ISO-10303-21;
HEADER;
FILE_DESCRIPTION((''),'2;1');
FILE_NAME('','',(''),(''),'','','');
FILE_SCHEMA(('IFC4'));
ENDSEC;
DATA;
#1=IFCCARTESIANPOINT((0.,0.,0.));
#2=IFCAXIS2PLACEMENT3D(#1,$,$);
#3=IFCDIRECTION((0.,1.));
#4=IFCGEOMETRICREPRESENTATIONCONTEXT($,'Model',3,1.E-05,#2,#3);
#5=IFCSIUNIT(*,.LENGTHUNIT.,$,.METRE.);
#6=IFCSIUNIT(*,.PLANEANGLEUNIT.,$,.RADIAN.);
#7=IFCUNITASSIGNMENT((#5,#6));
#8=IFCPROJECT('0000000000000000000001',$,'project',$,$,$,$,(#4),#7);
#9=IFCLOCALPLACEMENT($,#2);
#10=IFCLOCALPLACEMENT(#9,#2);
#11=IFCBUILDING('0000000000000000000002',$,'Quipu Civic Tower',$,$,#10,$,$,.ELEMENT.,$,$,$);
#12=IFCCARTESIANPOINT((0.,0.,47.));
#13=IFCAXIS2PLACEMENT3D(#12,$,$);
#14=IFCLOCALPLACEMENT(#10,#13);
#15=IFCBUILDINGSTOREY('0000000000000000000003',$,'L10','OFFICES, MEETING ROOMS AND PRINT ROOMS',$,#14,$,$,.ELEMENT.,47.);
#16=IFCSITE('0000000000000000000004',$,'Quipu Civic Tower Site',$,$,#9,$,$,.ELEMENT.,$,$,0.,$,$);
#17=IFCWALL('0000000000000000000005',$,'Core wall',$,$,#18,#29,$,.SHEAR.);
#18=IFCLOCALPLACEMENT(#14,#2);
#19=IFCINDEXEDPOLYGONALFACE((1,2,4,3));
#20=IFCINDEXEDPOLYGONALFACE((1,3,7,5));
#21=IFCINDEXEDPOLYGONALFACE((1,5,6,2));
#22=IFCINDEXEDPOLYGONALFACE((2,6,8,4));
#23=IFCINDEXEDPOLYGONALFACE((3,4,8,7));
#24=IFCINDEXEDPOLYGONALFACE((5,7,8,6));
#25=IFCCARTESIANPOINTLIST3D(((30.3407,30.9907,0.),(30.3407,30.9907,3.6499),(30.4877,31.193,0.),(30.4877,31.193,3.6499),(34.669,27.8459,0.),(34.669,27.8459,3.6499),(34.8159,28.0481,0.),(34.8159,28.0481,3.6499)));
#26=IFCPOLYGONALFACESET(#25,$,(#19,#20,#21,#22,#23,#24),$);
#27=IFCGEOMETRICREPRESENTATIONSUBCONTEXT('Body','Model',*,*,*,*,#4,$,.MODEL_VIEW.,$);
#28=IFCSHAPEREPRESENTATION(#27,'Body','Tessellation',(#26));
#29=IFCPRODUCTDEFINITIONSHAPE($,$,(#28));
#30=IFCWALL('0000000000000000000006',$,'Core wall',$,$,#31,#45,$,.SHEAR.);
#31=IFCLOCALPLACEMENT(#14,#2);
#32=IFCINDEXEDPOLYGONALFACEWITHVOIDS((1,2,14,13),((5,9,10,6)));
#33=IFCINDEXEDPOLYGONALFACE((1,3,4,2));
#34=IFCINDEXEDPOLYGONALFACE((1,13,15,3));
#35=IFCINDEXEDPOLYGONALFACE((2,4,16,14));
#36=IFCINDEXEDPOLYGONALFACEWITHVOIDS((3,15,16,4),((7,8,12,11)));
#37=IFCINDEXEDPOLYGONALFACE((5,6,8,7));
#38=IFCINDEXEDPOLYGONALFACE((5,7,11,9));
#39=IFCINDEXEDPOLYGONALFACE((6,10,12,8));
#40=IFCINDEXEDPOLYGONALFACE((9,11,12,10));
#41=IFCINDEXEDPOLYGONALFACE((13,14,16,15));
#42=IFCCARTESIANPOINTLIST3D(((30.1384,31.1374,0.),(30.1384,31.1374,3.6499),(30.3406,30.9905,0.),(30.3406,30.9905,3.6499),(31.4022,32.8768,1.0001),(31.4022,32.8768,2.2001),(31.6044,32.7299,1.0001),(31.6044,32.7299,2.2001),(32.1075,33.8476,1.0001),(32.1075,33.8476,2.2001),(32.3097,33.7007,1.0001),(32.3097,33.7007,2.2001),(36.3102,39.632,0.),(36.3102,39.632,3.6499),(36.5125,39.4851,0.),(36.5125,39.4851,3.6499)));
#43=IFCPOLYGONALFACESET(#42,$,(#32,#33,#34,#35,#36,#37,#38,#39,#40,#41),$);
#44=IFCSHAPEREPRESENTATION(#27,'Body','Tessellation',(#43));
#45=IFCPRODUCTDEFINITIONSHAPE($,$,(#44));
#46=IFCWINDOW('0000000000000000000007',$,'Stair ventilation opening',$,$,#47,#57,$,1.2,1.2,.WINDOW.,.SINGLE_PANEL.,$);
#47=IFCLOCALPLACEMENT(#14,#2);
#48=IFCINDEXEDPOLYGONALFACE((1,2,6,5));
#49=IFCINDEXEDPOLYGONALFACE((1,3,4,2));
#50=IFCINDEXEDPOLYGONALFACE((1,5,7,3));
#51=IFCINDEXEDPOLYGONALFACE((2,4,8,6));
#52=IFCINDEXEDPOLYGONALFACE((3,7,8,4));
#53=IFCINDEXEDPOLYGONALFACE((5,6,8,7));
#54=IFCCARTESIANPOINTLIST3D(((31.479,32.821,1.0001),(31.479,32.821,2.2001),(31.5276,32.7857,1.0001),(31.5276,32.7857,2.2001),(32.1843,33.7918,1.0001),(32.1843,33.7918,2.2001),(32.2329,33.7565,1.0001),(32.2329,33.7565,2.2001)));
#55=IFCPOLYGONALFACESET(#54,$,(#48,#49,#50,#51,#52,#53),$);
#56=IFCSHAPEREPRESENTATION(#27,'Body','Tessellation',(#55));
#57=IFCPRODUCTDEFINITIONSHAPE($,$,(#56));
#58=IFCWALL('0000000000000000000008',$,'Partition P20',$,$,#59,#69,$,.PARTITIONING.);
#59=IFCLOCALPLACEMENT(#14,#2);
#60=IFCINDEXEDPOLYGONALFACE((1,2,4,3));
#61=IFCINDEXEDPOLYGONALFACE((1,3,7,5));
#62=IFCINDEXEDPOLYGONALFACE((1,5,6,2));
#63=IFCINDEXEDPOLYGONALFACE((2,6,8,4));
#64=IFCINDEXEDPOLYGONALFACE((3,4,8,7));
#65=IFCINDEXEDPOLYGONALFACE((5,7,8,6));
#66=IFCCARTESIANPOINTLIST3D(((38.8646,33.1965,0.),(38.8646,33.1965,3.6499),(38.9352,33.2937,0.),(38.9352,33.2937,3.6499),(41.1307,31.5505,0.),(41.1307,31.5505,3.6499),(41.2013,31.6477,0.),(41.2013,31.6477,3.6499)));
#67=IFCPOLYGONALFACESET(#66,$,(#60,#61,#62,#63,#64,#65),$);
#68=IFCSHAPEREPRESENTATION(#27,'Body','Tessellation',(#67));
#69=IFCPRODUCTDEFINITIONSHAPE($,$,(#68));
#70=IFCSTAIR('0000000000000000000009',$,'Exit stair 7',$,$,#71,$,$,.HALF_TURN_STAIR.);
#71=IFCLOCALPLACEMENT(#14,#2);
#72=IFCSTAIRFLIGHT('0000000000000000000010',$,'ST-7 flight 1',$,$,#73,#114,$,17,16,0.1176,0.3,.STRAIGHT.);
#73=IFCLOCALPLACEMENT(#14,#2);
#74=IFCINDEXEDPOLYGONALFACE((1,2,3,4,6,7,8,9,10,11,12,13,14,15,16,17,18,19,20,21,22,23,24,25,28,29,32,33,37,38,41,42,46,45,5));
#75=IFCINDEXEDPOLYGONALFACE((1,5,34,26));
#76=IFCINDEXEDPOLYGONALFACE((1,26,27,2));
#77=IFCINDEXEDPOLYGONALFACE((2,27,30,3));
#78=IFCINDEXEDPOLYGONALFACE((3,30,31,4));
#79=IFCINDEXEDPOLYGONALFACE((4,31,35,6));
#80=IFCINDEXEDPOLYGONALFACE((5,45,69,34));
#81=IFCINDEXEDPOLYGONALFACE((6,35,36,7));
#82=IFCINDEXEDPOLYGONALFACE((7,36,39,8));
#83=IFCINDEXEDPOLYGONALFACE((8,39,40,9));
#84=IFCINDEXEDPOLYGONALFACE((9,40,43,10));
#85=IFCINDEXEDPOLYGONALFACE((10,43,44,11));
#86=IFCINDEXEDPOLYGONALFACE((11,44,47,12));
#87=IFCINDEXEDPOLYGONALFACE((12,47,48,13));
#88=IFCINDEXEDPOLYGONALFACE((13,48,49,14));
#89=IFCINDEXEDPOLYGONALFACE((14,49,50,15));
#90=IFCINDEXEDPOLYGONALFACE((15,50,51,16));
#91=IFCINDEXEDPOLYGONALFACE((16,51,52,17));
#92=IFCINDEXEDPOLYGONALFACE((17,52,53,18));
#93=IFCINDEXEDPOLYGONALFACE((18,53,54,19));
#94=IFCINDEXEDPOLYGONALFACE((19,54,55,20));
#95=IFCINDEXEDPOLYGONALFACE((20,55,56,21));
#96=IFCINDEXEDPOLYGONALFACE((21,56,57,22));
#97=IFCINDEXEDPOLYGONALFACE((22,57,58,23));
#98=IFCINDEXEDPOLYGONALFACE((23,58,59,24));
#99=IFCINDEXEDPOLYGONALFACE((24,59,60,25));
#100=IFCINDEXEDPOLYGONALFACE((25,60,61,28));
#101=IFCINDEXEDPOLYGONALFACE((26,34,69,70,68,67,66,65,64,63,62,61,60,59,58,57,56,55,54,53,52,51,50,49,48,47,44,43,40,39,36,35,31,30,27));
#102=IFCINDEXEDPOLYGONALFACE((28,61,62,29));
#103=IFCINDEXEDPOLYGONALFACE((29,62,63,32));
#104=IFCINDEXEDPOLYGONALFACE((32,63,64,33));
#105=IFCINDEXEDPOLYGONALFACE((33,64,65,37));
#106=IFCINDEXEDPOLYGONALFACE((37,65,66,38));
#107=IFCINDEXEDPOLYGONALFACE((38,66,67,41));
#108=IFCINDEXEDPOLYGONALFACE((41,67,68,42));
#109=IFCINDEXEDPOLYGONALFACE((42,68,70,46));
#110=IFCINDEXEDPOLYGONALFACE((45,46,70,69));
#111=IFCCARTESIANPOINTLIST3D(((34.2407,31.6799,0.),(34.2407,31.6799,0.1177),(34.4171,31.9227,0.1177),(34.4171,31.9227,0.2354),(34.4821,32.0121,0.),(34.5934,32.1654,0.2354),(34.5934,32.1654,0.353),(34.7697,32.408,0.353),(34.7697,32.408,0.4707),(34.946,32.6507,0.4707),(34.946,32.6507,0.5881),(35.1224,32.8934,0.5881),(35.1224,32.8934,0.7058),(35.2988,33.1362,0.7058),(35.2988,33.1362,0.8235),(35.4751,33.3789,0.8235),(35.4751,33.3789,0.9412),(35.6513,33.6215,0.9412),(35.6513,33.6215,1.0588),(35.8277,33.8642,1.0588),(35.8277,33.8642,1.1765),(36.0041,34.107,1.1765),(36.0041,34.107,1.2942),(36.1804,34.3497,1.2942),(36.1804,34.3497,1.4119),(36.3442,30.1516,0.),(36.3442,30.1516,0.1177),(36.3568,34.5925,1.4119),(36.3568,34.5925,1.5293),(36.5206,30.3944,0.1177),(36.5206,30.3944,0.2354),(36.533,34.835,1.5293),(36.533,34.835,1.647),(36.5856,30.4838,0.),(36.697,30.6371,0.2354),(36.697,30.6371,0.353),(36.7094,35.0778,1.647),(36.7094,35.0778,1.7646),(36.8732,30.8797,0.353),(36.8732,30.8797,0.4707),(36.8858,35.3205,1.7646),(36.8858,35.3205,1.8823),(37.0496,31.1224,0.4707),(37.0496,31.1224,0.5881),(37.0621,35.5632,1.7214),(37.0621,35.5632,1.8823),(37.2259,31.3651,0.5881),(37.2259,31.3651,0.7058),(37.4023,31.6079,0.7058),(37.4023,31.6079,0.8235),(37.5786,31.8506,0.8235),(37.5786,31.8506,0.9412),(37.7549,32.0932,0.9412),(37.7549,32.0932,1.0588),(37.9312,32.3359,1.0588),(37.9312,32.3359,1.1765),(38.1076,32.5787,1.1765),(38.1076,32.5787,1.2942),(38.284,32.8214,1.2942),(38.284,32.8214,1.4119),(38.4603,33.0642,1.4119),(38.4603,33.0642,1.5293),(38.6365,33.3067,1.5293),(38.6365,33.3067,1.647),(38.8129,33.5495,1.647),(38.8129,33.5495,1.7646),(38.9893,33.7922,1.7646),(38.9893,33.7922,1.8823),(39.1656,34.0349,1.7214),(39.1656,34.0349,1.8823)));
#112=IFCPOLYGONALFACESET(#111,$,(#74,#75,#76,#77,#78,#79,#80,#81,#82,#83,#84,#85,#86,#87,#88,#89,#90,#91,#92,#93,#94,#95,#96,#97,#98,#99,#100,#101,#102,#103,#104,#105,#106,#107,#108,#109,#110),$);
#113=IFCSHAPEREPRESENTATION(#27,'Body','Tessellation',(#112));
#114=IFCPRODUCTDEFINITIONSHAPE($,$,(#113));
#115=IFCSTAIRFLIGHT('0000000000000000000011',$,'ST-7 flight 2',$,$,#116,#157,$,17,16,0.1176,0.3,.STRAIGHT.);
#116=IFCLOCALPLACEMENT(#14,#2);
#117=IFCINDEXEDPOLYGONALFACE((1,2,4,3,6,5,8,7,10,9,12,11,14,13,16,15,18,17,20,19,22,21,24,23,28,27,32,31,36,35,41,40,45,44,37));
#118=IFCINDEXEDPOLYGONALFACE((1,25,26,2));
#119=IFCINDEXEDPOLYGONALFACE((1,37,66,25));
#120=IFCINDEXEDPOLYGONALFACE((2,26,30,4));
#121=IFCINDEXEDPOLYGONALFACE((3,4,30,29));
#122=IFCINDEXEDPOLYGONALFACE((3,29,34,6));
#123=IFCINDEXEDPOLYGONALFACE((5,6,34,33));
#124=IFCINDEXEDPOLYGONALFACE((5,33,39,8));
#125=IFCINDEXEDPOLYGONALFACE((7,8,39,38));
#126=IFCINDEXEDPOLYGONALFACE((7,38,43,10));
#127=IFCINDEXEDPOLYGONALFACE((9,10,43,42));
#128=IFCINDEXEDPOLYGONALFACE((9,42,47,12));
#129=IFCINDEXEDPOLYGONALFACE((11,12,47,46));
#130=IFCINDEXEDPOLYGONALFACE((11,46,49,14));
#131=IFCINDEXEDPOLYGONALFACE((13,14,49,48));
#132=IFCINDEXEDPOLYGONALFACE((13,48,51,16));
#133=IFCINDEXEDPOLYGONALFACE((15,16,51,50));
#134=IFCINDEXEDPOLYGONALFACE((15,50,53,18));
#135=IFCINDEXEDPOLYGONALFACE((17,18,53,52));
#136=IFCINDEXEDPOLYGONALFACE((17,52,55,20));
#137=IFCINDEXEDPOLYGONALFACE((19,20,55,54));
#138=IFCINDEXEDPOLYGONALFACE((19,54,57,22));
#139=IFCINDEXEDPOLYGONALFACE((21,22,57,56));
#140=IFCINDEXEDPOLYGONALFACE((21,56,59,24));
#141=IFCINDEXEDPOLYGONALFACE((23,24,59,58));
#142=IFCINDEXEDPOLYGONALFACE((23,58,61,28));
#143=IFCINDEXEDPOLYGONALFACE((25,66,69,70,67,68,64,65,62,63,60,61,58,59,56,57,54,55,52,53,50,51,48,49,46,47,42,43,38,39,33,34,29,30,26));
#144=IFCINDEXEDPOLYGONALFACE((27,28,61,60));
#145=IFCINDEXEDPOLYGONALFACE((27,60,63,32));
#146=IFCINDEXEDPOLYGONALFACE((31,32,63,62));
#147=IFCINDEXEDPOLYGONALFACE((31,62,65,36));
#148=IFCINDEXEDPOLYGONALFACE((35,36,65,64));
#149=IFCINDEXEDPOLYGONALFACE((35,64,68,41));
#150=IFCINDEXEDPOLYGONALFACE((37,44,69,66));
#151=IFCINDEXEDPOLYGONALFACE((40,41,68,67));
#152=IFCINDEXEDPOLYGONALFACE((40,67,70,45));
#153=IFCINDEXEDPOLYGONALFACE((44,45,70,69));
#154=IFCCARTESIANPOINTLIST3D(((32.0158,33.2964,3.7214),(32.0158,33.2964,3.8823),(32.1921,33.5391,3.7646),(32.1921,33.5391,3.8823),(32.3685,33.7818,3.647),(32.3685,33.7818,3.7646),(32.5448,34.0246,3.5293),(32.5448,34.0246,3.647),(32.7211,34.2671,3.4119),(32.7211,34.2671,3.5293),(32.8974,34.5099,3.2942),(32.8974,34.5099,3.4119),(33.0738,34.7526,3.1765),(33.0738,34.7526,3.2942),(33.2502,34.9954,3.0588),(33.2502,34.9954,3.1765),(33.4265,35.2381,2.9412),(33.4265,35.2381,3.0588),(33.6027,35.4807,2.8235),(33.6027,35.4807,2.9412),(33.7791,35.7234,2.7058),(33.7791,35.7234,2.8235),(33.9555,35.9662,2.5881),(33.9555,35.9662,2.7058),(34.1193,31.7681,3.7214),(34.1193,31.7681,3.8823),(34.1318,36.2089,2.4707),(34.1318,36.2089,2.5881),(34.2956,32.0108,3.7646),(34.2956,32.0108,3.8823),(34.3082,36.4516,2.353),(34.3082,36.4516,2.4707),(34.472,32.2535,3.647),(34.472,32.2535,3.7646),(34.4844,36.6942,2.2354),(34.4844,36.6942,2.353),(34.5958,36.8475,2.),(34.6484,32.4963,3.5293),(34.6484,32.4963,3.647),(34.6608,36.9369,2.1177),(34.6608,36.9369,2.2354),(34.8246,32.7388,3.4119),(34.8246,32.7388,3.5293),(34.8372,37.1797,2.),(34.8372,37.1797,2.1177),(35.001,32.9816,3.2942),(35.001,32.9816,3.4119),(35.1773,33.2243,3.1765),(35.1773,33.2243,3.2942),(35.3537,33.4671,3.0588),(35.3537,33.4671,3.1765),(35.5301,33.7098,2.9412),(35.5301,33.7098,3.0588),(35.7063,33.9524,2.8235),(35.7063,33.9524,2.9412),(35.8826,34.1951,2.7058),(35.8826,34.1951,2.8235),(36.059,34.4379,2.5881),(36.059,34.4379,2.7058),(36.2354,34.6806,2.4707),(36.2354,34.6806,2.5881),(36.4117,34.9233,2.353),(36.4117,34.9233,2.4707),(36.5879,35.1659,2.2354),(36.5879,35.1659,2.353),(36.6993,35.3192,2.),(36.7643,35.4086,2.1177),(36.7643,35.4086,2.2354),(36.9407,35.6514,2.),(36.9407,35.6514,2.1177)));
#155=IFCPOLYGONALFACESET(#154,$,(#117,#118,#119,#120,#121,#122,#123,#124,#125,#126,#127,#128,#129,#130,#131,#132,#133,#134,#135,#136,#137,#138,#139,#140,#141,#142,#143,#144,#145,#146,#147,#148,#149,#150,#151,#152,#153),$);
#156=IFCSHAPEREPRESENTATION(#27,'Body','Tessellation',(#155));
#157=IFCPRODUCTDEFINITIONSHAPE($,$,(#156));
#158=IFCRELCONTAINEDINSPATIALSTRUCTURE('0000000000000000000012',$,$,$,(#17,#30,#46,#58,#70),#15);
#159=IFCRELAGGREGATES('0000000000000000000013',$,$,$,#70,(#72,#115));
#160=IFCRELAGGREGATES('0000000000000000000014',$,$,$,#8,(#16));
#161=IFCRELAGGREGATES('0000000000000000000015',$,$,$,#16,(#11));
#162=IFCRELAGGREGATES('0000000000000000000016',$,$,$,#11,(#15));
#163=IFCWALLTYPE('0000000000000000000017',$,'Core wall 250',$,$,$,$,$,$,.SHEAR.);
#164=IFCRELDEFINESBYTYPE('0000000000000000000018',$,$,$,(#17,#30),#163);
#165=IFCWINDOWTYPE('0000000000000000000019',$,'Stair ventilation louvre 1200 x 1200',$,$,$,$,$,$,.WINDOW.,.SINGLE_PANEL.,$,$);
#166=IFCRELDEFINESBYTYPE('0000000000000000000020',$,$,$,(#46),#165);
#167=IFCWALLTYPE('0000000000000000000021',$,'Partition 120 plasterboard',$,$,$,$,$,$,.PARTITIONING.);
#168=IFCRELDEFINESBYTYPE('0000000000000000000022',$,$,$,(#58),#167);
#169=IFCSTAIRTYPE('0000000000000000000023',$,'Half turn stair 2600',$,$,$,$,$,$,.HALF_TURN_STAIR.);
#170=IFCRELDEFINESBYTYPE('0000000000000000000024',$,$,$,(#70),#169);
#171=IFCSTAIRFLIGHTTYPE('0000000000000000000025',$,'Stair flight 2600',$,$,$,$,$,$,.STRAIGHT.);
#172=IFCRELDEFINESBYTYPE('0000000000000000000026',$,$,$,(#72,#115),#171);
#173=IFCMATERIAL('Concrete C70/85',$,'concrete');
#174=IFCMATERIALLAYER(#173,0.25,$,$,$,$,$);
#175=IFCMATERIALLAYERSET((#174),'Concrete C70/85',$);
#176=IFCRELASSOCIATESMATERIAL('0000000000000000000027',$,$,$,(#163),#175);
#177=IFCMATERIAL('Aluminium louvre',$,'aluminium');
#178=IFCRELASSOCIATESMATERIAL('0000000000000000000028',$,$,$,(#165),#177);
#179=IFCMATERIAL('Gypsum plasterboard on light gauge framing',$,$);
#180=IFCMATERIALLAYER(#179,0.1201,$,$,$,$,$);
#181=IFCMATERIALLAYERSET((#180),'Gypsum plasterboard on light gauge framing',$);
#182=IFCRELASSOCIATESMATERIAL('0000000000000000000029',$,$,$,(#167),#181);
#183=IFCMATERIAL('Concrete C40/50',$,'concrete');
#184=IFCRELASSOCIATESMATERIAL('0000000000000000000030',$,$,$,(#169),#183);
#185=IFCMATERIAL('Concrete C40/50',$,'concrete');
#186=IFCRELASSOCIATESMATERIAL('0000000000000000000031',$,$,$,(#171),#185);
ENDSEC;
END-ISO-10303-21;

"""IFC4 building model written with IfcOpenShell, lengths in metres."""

from ifc_helpers import new_model, si_unit, direction, frame, frame_2d, origin, place, context, subcontext, project, spatial, polyline, rectangle, outline, extrude, material, layer, layer_set, type_object, element, fill, aggregate, save


model = new_model("IFC4")

# Units and contexts
model_context = context("Model", 3, precision=1e-05, world=origin(), true_north=direction((0.0, 1.0)))
body_context = subcontext(model_context, "Body", "Model", "MODEL_VIEW")
ifc_project = project(units=[si_unit("LENGTHUNIT", "METRE"), si_unit("PLANEANGLEUNIT", "RADIAN")], contexts=[model_context])

# Site, building, storey
site_placement = place(None, origin())
site = spatial("IfcSite", under=ifc_project, at=site_placement, Name="Quipu Civic Tower Site", CompositionType="ELEMENT", RefElevation=0.0)
building_placement = place(site_placement, origin())
building = spatial("IfcBuilding", under=site, at=building_placement, Name="Quipu Civic Tower", CompositionType="ELEMENT")
storey_placement = place(building_placement, frame((0.0, 0.0, 47.0)))
storey = spatial("IfcBuildingStorey", under=building, at=storey_placement, Name="L10", Description="OFFICES, MEETING ROOMS AND PRINT ROOMS", CompositionType="ELEMENT", Elevation=47.0)

# Shared definitions
ifc_material_1 = material(Name="Concrete C70/85", Category="concrete")
ifc_layer_1 = layer(ifc_material_1, 0.25)
ifc_layer_set_1 = layer_set([ifc_layer_1], Name="Concrete C70/85")
wall_type_1 = type_object("IfcWallType", Name="Core wall 250", PredefinedType="SHEAR", material=ifc_layer_set_1)

# Wall
wall_1_placement = place(storey_placement, frame((34.7424, 27.947, 0.0), z_axis=(0.0, 0.0, 1.0), x_axis=(-0.808998, 0.587811, 0.0)))
element("IfcWall", 1, at=wall_1_placement, inside=storey, type_object=wall_type_1, Name="Core wall", PredefinedType="SHEAR", context=body_context, shape_type="SweptSolid", body=[
    extrude(rectangle(XDim=5.3501, YDim=0.25, at=frame_2d((2.675, 0.0))), origin(), (0.0, 0.0, 1.0), 3.6499),
])

# Wall, opening, window
wall_2_placement = place(storey_placement, frame((30.2395, 31.064, 0.0), z_axis=(0.0, 0.0, 1.0), x_axis=(0.587796, 0.809009, 0.0)))
wall_2 = element("IfcWall", 2, at=wall_2_placement, inside=storey, type_object=wall_type_1, Name="Core wall", PredefinedType="SHEAR", context=body_context, shape_type="SweptSolid", body=[
    extrude(rectangle(XDim=10.5, YDim=0.25, at=frame_2d((5.25, 0.0))), origin(), (0.0, 0.0, 1.0), 3.6499),
])
opening_1_placement = place(wall_2_placement, frame((2.1499, 0.0, 1.0)))
opening_1 = element("IfcOpeningElement", 3, at=opening_1_placement, cuts=wall_2, PredefinedType="OPENING", context=body_context, shape_type="SweptSolid", body=[
    extrude(rectangle(XDim=1.2, YDim=1.2, at=frame_2d((0.6001, 0.6001))), frame((0.0, 0.135, 0.0), z_axis=(0.0, -1.0, 0.0), x_axis=(1.0, 0.0, 0.0)), (0.0, 0.0, 1.0), 0.27),
])
ifc_material_2 = material(Name="Aluminium louvre", Category="aluminium")
window_type = type_object("IfcWindowType", Name="Stair ventilation louvre 1200 x 1200", PartitioningType="SINGLE_PANEL", PredefinedType="WINDOW", material=ifc_material_2)
window_placement = place(opening_1_placement, origin())
window = element("IfcWindow", 4, at=window_placement, inside=storey, type_object=window_type, Name="Stair ventilation opening", OverallHeight=1.2, OverallWidth=1.2, PartitioningType="SINGLE_PANEL", PredefinedType="WINDOW", context=body_context, shape_type="SweptSolid", body=[
    extrude(rectangle(XDim=1.2, YDim=1.2, at=frame_2d((0.6001, 0.6001))), frame((0.0, 0.03, 0.0), z_axis=(0.0, -1.0, 0.0), x_axis=(1.0, 0.0, 0.0)), (0.0, 0.0, 1.0), 0.0601),
])
fill(opening_1, window)

# Wall
ifc_material_3 = material(Name="Gypsum plasterboard on light gauge framing")
ifc_layer_2 = layer(ifc_material_3, 0.1201)
ifc_layer_set_2 = layer_set([ifc_layer_2], Name="Gypsum plasterboard on light gauge framing")
wall_type_2 = type_object("IfcWallType", Name="Partition 120 plasterboard", PredefinedType="PARTITIONING", material=ifc_layer_set_2)
wall_3_placement = place(storey_placement, frame((38.8999, 33.2451, 0.0), z_axis=(0.0, 0.0, 1.0), x_axis=(0.80909, -0.587684, 0.0)))
element("IfcWall", 5, at=wall_3_placement, inside=storey, type_object=wall_type_2, Name="Partition P20", PredefinedType="PARTITIONING", context=body_context, shape_type="SweptSolid", body=[
    extrude(rectangle(XDim=2.8008, YDim=0.1201, at=frame_2d((1.4004, 0.0))), origin(), (0.0, 0.0, 1.0), 3.6499),
])

# Stair, stair flights
ifc_material_4 = material(Name="Concrete C40/50", Category="concrete")
stair_type = type_object("IfcStairType", Name="Half turn stair 2600", PredefinedType="HALF_TURN_STAIR", material=ifc_material_4)
stair_placement = place(storey_placement, origin())
stair = element("IfcStair", 6, at=stair_placement, inside=storey, type_object=stair_type, Name="Exit stair 7", PredefinedType="HALF_TURN_STAIR")
ifc_material_5 = material(Name="Concrete C40/50", Category="concrete")
stair_flight_type = type_object("IfcStairFlightType", Name="Stair flight 2600", PredefinedType="STRAIGHT", material=ifc_material_5)
stair_flight_1_placement = place(storey_placement, frame((35.2925, 30.9158, 0.0), z_axis=(0.0, 0.0, 1.0), x_axis=(0.587785, 0.809017, 0.0)))
stair_flight_1 = element("IfcStairFlight", 7, at=stair_flight_1_placement, type_object=stair_flight_type, Name="ST-7 flight 1", NumberOfRisers=17, NumberOfTreads=16, PredefinedType="STRAIGHT", RiserHeight=0.1176, TreadLength=0.3, context=body_context, shape_type="SweptSolid", body=[
    extrude(outline(polyline([(0.0, 0.0), (0.0, 0.1177), (0.3, 0.1177), (0.3, 0.2354), (0.6001, 0.2354), (0.6001, 0.353), (0.8999, 0.353), (0.8999, 0.4707), (1.2, 0.4707), (1.2, 0.5881), (1.5, 0.5881), (1.5, 0.7058), (1.8, 0.7058), (1.8, 0.8235), (2.1001, 0.8235), (2.1001, 0.9412), (2.3999, 0.9412), (2.3999, 1.0588), (2.7, 1.0588), (2.7, 1.1765), (3.0, 1.1765), (3.0, 1.2942), (3.3, 1.2942), (3.3, 1.4119), (3.6001, 1.4119), (3.6001, 1.5293), (3.8999, 1.5293), (3.8999, 1.647), (4.2, 1.647), (4.2, 1.7646), (4.5, 1.7646), (4.5, 1.8823), (4.8, 1.8823), (4.8, 2.0), (4.8, 1.7214), (0.4106, 0.0), (0.0, 0.0)])), frame((0.0, 1.3, 0.0), z_axis=(0.0, -1.0, 0.0), x_axis=(1.0, 0.0, 0.0)), (0.0, 0.0, 1.0), 2.6001),
])
stair_flight_2_placement = place(storey_placement, frame((35.8889, 36.4155, 2.0), z_axis=(0.0, 0.0, 1.0), x_axis=(-0.587785, -0.809017, 0.0)))
stair_flight_2 = element("IfcStairFlight", 8, at=stair_flight_2_placement, type_object=stair_flight_type, Name="ST-7 flight 2", NumberOfRisers=17, NumberOfTreads=16, PredefinedType="STRAIGHT", RiserHeight=0.1176, TreadLength=0.3, context=body_context, shape_type="SweptSolid", body=[
    extrude(outline(polyline([(0.0, 0.0), (0.0, 0.1177), (0.3, 0.1177), (0.3, 0.2354), (0.6001, 0.2354), (0.6001, 0.353), (0.8999, 0.353), (0.8999, 0.4707), (1.2, 0.4707), (1.2, 0.5881), (1.5, 0.5881), (1.5, 0.7058), (1.8, 0.7058), (1.8, 0.8235), (2.1001, 0.8235), (2.1001, 0.9412), (2.3999, 0.9412), (2.3999, 1.0588), (2.7, 1.0588), (2.7, 1.1765), (3.0, 1.1765), (3.0, 1.2942), (3.3, 1.2942), (3.3, 1.4119), (3.6001, 1.4119), (3.6001, 1.5293), (3.8999, 1.5293), (3.8999, 1.647), (4.2, 1.647), (4.2, 1.7646), (4.5, 1.7646), (4.5, 1.8823), (4.8, 1.8823), (4.8, 2.0), (4.8, 1.7214), (0.4106, 0.0), (0.0, 0.0)])), frame((0.0, 1.3, 0.0), z_axis=(0.0, -1.0, 0.0), x_axis=(1.0, 0.0, 0.0)), (0.0, 0.0, 1.0), 2.6001),
])
aggregate(stair, [stair_flight_1, stair_flight_2])

save(model, "model.ifc")
